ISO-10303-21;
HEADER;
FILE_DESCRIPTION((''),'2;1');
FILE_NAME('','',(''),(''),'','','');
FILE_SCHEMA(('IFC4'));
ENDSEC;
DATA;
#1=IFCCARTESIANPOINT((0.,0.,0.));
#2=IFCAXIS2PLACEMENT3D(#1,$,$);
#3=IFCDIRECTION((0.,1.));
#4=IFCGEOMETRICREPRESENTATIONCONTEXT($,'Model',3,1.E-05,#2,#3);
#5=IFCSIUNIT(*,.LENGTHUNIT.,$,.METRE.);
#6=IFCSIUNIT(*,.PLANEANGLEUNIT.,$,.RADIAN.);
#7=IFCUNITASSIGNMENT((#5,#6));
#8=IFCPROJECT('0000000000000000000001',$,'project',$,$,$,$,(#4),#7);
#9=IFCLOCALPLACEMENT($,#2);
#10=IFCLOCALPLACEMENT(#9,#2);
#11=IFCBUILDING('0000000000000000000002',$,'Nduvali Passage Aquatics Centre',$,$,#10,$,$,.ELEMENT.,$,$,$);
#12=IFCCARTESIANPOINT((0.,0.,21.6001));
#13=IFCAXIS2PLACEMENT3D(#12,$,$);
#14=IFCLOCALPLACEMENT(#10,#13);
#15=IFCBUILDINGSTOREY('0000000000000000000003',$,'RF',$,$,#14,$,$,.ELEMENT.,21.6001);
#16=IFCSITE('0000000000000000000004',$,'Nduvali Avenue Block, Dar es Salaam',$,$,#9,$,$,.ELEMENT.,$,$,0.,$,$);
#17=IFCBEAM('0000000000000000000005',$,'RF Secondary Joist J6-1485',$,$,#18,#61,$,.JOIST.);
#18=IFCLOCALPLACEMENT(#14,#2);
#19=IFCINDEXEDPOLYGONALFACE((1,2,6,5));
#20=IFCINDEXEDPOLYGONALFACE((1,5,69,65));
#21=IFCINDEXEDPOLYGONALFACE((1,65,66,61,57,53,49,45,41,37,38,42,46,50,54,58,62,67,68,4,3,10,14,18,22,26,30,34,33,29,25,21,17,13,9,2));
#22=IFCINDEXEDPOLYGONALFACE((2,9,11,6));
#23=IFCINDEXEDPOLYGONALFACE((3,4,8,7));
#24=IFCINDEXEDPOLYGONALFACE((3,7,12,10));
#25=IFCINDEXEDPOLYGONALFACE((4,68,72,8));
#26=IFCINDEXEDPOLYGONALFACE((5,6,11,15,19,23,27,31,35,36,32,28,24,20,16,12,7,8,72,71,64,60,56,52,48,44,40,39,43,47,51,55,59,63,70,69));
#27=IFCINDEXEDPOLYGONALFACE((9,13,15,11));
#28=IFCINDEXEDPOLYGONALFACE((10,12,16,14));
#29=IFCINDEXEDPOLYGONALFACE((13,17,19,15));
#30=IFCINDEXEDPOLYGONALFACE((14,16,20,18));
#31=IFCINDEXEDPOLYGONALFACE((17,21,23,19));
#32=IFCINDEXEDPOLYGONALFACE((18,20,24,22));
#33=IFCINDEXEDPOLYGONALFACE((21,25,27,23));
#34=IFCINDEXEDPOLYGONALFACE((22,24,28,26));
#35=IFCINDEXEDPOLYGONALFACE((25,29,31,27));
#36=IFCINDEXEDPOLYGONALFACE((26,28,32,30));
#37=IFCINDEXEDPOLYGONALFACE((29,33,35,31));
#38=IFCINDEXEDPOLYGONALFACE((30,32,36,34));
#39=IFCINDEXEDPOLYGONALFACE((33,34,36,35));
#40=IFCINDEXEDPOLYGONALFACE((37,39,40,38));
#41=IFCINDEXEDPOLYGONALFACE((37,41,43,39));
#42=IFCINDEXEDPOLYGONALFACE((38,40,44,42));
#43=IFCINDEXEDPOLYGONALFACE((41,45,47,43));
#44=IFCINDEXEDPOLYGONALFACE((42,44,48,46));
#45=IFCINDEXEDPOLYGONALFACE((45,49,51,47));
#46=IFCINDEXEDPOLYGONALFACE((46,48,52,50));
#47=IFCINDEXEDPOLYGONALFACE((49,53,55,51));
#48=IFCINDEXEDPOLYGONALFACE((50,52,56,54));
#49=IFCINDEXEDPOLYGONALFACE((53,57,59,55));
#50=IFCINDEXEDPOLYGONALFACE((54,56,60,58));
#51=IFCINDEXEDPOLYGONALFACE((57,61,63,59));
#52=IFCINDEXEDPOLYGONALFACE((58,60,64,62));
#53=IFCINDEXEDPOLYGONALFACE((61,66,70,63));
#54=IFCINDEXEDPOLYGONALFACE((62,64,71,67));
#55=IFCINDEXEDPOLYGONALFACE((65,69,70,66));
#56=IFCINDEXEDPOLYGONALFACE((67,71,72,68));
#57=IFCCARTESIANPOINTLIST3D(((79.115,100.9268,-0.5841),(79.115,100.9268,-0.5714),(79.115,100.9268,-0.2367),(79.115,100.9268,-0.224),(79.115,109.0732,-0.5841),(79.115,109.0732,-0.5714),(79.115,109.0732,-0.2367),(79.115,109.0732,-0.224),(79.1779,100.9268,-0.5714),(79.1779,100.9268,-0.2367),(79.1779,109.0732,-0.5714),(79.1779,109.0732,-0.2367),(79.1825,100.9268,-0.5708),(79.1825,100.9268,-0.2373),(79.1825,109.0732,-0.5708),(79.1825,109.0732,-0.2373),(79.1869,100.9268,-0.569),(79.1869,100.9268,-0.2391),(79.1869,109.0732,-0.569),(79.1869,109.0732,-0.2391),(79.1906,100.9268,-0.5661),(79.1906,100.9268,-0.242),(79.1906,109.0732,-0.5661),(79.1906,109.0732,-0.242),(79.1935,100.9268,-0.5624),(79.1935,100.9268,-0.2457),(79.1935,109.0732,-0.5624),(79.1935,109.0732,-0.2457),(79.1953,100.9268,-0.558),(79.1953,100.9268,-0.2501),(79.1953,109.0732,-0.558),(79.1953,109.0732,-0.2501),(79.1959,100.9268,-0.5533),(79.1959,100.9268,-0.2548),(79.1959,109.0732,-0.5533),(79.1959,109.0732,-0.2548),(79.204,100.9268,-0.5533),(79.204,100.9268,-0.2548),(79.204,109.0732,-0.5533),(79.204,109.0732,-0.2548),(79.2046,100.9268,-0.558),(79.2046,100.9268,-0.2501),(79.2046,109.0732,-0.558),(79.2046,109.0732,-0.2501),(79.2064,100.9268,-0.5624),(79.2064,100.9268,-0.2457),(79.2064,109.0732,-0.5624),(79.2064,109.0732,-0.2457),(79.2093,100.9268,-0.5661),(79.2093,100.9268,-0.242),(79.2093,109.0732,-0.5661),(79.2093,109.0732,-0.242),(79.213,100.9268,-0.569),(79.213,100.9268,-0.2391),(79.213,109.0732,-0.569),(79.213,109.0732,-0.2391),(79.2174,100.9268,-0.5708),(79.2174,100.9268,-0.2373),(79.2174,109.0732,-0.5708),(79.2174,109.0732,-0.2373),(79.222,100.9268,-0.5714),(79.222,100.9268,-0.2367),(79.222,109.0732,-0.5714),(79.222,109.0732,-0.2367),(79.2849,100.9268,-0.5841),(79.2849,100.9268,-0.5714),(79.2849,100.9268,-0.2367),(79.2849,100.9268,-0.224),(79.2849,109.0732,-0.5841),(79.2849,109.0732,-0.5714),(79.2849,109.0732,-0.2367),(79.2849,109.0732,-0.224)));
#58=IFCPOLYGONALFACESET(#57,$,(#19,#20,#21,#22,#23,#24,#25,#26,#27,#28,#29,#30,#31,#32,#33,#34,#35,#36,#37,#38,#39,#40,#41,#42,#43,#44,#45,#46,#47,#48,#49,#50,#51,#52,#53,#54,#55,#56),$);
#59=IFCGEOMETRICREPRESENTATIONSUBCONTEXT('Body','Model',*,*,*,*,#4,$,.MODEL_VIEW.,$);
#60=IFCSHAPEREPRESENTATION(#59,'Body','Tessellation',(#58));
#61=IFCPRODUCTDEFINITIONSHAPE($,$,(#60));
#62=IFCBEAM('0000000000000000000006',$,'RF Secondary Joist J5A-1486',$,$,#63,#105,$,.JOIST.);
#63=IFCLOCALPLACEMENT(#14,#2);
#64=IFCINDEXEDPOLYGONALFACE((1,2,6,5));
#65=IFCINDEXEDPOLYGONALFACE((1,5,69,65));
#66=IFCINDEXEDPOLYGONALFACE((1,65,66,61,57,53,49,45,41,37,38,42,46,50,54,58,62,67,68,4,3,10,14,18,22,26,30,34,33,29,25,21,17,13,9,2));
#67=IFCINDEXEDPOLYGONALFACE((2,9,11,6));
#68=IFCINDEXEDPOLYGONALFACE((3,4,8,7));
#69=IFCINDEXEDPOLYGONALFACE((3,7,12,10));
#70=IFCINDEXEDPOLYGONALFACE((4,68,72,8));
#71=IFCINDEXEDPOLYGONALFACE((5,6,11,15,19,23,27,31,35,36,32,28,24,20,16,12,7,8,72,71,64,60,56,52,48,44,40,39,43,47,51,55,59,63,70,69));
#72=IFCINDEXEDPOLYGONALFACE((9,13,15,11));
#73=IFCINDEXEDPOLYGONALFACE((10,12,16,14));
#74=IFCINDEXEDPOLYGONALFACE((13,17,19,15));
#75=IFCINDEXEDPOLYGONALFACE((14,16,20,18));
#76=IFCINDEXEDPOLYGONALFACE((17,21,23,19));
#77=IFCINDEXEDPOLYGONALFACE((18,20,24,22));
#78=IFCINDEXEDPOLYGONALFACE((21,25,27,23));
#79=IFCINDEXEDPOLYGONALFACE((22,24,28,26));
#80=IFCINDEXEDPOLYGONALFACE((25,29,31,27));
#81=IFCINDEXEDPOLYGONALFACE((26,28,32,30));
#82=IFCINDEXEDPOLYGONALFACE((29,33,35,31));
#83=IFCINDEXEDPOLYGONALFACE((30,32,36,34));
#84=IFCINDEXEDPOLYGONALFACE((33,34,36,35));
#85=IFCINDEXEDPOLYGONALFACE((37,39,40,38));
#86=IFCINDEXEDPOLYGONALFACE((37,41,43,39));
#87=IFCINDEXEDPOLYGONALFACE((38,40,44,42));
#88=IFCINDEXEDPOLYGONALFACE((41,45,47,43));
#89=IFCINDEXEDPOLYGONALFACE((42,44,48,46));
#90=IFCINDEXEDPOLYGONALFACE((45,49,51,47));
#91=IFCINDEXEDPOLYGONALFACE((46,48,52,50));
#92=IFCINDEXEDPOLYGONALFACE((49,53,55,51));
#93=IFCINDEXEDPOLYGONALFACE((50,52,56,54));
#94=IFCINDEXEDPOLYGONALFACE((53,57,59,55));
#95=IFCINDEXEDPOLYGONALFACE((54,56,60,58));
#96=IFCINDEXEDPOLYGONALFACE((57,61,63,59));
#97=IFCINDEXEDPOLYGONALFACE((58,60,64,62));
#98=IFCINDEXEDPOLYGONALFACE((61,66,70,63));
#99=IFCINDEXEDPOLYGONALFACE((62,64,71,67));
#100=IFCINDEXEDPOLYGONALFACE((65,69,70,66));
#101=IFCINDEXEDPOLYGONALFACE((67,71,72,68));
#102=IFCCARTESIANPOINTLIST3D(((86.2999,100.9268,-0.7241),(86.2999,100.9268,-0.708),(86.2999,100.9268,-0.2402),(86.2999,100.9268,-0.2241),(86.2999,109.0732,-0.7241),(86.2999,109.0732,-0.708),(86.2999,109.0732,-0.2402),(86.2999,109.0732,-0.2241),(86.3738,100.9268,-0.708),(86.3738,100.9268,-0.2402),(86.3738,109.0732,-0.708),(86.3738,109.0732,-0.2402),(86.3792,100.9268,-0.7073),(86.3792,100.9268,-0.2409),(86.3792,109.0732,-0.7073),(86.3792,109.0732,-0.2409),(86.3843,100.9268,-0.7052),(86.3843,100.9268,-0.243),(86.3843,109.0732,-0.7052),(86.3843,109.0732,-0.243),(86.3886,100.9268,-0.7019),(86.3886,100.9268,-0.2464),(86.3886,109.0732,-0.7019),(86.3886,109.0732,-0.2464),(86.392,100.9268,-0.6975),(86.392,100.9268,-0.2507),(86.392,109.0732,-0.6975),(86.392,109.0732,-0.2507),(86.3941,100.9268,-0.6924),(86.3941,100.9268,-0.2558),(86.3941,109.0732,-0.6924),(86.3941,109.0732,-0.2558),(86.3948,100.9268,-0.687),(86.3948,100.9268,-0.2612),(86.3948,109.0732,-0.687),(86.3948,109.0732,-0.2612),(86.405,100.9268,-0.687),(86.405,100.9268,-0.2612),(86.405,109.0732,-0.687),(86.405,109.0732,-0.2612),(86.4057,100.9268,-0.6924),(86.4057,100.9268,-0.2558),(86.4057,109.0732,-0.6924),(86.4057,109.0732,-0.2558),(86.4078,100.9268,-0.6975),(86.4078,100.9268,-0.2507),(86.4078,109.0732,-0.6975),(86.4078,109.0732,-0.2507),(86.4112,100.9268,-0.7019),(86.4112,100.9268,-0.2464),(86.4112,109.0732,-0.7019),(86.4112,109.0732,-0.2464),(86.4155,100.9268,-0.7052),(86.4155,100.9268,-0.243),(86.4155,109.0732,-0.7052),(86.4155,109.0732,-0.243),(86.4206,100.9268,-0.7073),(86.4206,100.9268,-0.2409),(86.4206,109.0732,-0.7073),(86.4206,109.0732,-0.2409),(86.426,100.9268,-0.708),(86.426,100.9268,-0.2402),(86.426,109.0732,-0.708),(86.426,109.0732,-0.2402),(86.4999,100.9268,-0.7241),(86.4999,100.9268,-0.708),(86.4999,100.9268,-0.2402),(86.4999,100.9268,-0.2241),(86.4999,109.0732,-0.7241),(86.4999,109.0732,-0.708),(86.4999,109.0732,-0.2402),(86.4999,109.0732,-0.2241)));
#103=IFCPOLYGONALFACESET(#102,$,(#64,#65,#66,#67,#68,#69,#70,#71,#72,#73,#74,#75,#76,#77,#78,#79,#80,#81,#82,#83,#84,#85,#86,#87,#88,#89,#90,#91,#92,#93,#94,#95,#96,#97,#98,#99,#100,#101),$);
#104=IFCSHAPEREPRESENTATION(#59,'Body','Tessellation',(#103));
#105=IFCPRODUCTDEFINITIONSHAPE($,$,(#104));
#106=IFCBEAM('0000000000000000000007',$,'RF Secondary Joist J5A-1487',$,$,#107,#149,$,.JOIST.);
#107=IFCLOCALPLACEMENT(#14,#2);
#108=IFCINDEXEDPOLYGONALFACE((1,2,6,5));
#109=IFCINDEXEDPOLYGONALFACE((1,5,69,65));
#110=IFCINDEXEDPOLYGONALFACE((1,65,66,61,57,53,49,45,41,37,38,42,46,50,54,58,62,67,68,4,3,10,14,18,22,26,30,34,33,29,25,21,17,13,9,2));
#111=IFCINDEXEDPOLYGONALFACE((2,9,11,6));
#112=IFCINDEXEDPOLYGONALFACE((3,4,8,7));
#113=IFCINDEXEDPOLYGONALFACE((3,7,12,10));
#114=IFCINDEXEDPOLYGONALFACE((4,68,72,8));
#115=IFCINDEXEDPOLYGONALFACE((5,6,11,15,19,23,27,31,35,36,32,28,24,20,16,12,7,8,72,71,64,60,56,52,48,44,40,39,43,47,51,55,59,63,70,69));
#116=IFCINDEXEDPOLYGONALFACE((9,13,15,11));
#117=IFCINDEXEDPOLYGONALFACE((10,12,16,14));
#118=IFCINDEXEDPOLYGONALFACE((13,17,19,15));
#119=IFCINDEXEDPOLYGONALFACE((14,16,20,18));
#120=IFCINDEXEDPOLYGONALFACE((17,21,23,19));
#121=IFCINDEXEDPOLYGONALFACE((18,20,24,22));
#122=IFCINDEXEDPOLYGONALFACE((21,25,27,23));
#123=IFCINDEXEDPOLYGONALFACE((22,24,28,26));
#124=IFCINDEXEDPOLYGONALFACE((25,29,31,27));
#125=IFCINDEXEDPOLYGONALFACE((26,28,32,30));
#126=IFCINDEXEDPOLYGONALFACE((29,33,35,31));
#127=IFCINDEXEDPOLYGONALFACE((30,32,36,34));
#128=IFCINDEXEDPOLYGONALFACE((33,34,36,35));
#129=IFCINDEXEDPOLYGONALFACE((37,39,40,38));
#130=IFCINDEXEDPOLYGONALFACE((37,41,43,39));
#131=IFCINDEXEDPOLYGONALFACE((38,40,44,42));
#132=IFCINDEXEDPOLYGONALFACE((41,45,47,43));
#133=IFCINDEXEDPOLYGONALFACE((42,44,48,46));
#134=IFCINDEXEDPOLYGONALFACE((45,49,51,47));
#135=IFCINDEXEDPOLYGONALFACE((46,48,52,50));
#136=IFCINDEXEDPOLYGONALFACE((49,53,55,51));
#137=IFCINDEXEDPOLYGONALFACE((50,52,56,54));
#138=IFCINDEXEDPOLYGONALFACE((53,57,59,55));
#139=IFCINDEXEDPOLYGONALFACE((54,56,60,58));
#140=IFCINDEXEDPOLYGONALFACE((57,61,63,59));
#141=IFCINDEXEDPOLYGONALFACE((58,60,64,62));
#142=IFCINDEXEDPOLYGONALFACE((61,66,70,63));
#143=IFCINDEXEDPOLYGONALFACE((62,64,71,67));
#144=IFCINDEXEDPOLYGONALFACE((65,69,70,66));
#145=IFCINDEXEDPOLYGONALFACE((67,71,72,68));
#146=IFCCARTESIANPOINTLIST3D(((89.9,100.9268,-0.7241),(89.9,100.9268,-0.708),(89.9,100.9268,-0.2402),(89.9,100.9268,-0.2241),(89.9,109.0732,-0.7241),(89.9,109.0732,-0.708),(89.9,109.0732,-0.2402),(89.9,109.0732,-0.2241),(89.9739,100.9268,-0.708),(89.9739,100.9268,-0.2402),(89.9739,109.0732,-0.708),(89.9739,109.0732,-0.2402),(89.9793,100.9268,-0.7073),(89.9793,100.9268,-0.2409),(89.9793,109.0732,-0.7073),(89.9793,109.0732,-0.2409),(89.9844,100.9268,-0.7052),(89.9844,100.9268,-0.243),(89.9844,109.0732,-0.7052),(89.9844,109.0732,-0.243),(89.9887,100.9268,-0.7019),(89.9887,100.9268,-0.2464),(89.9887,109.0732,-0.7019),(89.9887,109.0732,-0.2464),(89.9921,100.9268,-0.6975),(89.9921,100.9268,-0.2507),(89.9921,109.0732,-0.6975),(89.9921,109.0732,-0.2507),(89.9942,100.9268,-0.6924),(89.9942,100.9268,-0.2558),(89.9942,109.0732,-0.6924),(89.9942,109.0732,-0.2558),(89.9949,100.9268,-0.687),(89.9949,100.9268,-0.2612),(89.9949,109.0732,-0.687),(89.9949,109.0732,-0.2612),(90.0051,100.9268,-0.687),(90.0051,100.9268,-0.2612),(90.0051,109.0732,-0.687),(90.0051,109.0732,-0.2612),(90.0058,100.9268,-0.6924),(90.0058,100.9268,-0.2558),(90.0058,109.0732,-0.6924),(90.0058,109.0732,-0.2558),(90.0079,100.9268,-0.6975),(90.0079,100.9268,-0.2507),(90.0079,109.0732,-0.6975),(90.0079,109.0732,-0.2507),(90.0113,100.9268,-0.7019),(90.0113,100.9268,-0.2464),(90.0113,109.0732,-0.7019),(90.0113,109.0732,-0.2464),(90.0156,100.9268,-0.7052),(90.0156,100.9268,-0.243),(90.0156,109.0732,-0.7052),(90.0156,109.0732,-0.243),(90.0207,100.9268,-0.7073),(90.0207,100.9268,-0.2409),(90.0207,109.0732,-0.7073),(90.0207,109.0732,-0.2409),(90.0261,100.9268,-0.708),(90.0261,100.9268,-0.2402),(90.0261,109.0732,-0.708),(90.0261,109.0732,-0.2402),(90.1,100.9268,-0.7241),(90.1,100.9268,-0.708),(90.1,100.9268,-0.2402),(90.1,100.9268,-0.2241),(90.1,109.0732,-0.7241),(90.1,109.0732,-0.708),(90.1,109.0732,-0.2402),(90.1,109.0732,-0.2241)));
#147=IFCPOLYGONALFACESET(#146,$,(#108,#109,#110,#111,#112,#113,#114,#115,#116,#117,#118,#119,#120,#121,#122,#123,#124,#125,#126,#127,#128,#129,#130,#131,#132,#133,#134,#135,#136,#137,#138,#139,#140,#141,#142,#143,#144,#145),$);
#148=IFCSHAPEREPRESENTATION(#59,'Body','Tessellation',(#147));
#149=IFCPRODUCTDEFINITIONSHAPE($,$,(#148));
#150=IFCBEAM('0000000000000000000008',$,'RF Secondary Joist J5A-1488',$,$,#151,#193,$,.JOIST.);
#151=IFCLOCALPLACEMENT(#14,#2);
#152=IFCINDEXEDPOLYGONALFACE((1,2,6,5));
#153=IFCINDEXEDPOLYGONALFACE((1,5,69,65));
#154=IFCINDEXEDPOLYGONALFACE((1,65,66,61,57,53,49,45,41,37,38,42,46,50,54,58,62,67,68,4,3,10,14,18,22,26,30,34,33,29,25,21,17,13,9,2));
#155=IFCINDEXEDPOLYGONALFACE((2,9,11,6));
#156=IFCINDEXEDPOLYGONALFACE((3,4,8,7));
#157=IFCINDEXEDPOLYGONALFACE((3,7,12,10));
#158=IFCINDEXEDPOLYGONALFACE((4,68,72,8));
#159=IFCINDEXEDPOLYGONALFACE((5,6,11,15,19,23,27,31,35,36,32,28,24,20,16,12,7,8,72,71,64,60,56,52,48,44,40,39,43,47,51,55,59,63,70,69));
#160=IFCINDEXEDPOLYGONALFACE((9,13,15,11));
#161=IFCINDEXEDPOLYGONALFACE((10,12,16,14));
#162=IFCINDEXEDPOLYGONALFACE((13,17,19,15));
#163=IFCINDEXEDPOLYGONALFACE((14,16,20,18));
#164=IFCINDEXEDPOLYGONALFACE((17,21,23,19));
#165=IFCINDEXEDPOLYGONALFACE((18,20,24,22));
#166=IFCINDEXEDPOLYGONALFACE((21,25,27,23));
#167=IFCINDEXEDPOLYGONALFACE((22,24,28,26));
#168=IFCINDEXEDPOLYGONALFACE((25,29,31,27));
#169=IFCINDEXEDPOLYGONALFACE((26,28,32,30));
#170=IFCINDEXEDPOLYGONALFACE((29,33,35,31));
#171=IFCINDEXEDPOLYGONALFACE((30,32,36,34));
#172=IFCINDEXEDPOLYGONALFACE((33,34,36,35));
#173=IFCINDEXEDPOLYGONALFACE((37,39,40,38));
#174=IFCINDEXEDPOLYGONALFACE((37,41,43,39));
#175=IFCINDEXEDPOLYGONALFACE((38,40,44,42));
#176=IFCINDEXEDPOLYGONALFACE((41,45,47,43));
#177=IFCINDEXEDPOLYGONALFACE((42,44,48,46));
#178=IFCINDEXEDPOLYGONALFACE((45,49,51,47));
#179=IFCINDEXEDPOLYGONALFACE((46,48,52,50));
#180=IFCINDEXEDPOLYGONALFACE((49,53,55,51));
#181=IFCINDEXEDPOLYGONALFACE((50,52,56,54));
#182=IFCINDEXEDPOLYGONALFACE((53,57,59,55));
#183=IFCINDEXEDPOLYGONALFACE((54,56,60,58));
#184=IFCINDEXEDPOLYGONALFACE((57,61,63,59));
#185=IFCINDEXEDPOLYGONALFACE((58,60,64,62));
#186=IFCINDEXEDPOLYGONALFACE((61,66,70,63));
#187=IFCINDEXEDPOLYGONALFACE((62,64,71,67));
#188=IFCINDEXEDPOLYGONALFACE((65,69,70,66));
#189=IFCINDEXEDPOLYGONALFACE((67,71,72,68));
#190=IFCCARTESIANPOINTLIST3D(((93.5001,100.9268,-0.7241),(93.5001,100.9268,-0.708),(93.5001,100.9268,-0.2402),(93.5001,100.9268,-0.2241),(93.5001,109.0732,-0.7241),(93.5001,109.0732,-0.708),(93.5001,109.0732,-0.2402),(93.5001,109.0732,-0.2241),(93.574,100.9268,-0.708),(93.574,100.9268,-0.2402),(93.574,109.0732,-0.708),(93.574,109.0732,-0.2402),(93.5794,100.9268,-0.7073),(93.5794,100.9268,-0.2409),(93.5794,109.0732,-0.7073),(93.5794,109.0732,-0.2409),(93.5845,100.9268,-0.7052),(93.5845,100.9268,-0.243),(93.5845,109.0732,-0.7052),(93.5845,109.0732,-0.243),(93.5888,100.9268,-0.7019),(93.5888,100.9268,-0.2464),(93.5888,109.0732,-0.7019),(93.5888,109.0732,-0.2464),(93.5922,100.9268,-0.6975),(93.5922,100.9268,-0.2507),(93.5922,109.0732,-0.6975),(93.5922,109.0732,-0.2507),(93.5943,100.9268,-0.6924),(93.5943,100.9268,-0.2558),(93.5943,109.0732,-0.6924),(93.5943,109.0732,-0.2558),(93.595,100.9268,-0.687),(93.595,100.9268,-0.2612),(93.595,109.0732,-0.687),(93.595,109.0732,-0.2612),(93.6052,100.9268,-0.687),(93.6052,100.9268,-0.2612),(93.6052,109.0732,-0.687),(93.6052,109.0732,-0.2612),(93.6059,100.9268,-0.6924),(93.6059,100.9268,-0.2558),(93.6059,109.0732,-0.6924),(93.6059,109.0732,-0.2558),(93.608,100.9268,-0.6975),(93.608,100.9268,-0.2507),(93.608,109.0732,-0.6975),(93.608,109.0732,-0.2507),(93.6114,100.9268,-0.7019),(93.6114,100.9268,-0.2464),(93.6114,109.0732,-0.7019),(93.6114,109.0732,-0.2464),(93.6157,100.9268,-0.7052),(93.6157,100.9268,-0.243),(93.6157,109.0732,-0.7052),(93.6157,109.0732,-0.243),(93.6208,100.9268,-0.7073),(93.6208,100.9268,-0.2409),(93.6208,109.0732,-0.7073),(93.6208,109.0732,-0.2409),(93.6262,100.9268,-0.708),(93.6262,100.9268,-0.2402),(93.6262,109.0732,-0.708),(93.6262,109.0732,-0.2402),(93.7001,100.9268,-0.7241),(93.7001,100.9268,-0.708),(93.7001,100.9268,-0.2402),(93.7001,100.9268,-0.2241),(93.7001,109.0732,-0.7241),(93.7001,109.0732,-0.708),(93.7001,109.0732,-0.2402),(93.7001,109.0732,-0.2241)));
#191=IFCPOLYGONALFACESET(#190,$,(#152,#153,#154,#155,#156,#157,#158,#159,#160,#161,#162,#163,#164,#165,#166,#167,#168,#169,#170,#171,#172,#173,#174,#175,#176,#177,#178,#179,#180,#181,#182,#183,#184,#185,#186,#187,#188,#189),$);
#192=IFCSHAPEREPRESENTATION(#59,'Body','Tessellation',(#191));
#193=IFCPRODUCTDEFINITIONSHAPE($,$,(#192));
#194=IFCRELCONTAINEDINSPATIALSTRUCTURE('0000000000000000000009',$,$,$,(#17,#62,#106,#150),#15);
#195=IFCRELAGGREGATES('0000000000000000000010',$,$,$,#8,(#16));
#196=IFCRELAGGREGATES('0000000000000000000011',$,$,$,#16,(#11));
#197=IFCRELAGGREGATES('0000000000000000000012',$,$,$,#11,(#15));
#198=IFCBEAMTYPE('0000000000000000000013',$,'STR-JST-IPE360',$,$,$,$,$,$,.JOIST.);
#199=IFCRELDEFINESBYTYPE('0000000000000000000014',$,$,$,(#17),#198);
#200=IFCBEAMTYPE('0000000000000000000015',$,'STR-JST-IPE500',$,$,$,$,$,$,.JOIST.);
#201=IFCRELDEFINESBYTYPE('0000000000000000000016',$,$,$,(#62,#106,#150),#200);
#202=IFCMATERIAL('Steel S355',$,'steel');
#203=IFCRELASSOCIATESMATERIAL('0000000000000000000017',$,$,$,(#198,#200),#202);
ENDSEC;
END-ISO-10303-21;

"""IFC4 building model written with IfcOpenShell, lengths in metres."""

from ifc_helpers import new_model, si_unit, direction, frame, origin, origin_2d, place, context, subcontext, project, spatial, i_section, extrude, material, material_profile, profile_set, type_object, element, save


model = new_model("IFC4")

# Units and contexts
model_context = context("Model", 3, precision=1e-05, world=origin(), true_north=direction((0.0, 1.0)))
body_context = subcontext(model_context, "Body", "Model", "MODEL_VIEW")
ifc_project = project(units=[si_unit("LENGTHUNIT", "METRE"), si_unit("PLANEANGLEUNIT", "RADIAN")], contexts=[model_context])

# Site, building, storey
site_placement = place(None, origin())
site = spatial("IfcSite", under=ifc_project, at=site_placement, Name="Nduvali Avenue Block, Dar es Salaam", CompositionType="ELEMENT", RefElevation=0.0)
building_placement = place(site_placement, origin())
building = spatial("IfcBuilding", under=site, at=building_placement, Name="Nduvali Passage Aquatics Centre", CompositionType="ELEMENT")
storey_placement = place(building_placement, frame((0.0, 0.0, 21.6001)))
storey = spatial("IfcBuildingStorey", under=building, at=storey_placement, Name="RF", CompositionType="ELEMENT", Elevation=21.6001)

# Beams
ifc_material_1 = material(Name="Steel S355", Category="steel")
ifc_material_profile_1 = material_profile(ifc_material_1, i_section(OverallWidth=0.1699, OverallDepth=0.3601, WebThickness=0.0081, FlangeThickness=0.0127, FilletRadius=0.0181, at=origin_2d()), Name="IPE 360")
ifc_profile_set_1 = profile_set([ifc_material_profile_1], Name="Steel S355")
beam_type_1 = type_object("IfcBeamType", Name="STR-JST-IPE360", PredefinedType="JOIST", material=ifc_profile_set_1)
for number, where, z_axis, x_axis, name in (
    (1, (79.2, 100.9268, -0.4041), (0.0, 1.0, 0.0), (-1.0, 0.0, 0.0), "RF Secondary Joist J6-1485"),
):
    element("IfcBeam", number, at=place(storey_placement, frame(where, z_axis=z_axis, x_axis=x_axis)), inside=storey, type_object=beam_type_1, Name=name, PredefinedType="JOIST", context=body_context, shape_type="SweptSolid", body=[
        extrude(i_section(OverallWidth=0.1699, OverallDepth=0.3601, WebThickness=0.0081, FlangeThickness=0.0127, FilletRadius=0.0181, at=origin_2d()), origin(), (0.0, 0.0, 1.0), 8.1465),
    ])
ifc_material_profile_2 = material_profile(ifc_material_1, i_section(OverallWidth=0.2, OverallDepth=0.5, WebThickness=0.0103, FlangeThickness=0.0161, FilletRadius=0.021, at=origin_2d()), Name="IPE 500")
ifc_profile_set_2 = profile_set([ifc_material_profile_2], Name="Steel S355")
beam_type_2 = type_object("IfcBeamType", Name="STR-JST-IPE500", PredefinedType="JOIST", material=ifc_profile_set_2)
for number, where, z_axis, x_axis, name in (
    (2, (86.3999, 100.9268, -0.4741), (0.0, 1.0, 0.0), (-1.0, 0.0, 0.0), "RF Secondary Joist J5A-1486"),
    (3, (90.0, 100.9268, -0.4741), (0.0, 1.0, 0.0), (-1.0, 0.0, 0.0), "RF Secondary Joist J5A-1487"),
    (4, (93.6001, 100.9268, -0.4741), (0.0, 1.0, 0.0), (-1.0, 0.0, 0.0), "RF Secondary Joist J5A-1488"),
):
    element("IfcBeam", number, at=place(storey_placement, frame(where, z_axis=z_axis, x_axis=x_axis)), inside=storey, type_object=beam_type_2, Name=name, PredefinedType="JOIST", context=body_context, shape_type="SweptSolid", body=[
        extrude(i_section(OverallWidth=0.2, OverallDepth=0.5, WebThickness=0.0103, FlangeThickness=0.0161, FilletRadius=0.021, at=origin_2d()), origin(), (0.0, 0.0, 1.0), 8.1465),
    ])

save(model, "model.ifc")
